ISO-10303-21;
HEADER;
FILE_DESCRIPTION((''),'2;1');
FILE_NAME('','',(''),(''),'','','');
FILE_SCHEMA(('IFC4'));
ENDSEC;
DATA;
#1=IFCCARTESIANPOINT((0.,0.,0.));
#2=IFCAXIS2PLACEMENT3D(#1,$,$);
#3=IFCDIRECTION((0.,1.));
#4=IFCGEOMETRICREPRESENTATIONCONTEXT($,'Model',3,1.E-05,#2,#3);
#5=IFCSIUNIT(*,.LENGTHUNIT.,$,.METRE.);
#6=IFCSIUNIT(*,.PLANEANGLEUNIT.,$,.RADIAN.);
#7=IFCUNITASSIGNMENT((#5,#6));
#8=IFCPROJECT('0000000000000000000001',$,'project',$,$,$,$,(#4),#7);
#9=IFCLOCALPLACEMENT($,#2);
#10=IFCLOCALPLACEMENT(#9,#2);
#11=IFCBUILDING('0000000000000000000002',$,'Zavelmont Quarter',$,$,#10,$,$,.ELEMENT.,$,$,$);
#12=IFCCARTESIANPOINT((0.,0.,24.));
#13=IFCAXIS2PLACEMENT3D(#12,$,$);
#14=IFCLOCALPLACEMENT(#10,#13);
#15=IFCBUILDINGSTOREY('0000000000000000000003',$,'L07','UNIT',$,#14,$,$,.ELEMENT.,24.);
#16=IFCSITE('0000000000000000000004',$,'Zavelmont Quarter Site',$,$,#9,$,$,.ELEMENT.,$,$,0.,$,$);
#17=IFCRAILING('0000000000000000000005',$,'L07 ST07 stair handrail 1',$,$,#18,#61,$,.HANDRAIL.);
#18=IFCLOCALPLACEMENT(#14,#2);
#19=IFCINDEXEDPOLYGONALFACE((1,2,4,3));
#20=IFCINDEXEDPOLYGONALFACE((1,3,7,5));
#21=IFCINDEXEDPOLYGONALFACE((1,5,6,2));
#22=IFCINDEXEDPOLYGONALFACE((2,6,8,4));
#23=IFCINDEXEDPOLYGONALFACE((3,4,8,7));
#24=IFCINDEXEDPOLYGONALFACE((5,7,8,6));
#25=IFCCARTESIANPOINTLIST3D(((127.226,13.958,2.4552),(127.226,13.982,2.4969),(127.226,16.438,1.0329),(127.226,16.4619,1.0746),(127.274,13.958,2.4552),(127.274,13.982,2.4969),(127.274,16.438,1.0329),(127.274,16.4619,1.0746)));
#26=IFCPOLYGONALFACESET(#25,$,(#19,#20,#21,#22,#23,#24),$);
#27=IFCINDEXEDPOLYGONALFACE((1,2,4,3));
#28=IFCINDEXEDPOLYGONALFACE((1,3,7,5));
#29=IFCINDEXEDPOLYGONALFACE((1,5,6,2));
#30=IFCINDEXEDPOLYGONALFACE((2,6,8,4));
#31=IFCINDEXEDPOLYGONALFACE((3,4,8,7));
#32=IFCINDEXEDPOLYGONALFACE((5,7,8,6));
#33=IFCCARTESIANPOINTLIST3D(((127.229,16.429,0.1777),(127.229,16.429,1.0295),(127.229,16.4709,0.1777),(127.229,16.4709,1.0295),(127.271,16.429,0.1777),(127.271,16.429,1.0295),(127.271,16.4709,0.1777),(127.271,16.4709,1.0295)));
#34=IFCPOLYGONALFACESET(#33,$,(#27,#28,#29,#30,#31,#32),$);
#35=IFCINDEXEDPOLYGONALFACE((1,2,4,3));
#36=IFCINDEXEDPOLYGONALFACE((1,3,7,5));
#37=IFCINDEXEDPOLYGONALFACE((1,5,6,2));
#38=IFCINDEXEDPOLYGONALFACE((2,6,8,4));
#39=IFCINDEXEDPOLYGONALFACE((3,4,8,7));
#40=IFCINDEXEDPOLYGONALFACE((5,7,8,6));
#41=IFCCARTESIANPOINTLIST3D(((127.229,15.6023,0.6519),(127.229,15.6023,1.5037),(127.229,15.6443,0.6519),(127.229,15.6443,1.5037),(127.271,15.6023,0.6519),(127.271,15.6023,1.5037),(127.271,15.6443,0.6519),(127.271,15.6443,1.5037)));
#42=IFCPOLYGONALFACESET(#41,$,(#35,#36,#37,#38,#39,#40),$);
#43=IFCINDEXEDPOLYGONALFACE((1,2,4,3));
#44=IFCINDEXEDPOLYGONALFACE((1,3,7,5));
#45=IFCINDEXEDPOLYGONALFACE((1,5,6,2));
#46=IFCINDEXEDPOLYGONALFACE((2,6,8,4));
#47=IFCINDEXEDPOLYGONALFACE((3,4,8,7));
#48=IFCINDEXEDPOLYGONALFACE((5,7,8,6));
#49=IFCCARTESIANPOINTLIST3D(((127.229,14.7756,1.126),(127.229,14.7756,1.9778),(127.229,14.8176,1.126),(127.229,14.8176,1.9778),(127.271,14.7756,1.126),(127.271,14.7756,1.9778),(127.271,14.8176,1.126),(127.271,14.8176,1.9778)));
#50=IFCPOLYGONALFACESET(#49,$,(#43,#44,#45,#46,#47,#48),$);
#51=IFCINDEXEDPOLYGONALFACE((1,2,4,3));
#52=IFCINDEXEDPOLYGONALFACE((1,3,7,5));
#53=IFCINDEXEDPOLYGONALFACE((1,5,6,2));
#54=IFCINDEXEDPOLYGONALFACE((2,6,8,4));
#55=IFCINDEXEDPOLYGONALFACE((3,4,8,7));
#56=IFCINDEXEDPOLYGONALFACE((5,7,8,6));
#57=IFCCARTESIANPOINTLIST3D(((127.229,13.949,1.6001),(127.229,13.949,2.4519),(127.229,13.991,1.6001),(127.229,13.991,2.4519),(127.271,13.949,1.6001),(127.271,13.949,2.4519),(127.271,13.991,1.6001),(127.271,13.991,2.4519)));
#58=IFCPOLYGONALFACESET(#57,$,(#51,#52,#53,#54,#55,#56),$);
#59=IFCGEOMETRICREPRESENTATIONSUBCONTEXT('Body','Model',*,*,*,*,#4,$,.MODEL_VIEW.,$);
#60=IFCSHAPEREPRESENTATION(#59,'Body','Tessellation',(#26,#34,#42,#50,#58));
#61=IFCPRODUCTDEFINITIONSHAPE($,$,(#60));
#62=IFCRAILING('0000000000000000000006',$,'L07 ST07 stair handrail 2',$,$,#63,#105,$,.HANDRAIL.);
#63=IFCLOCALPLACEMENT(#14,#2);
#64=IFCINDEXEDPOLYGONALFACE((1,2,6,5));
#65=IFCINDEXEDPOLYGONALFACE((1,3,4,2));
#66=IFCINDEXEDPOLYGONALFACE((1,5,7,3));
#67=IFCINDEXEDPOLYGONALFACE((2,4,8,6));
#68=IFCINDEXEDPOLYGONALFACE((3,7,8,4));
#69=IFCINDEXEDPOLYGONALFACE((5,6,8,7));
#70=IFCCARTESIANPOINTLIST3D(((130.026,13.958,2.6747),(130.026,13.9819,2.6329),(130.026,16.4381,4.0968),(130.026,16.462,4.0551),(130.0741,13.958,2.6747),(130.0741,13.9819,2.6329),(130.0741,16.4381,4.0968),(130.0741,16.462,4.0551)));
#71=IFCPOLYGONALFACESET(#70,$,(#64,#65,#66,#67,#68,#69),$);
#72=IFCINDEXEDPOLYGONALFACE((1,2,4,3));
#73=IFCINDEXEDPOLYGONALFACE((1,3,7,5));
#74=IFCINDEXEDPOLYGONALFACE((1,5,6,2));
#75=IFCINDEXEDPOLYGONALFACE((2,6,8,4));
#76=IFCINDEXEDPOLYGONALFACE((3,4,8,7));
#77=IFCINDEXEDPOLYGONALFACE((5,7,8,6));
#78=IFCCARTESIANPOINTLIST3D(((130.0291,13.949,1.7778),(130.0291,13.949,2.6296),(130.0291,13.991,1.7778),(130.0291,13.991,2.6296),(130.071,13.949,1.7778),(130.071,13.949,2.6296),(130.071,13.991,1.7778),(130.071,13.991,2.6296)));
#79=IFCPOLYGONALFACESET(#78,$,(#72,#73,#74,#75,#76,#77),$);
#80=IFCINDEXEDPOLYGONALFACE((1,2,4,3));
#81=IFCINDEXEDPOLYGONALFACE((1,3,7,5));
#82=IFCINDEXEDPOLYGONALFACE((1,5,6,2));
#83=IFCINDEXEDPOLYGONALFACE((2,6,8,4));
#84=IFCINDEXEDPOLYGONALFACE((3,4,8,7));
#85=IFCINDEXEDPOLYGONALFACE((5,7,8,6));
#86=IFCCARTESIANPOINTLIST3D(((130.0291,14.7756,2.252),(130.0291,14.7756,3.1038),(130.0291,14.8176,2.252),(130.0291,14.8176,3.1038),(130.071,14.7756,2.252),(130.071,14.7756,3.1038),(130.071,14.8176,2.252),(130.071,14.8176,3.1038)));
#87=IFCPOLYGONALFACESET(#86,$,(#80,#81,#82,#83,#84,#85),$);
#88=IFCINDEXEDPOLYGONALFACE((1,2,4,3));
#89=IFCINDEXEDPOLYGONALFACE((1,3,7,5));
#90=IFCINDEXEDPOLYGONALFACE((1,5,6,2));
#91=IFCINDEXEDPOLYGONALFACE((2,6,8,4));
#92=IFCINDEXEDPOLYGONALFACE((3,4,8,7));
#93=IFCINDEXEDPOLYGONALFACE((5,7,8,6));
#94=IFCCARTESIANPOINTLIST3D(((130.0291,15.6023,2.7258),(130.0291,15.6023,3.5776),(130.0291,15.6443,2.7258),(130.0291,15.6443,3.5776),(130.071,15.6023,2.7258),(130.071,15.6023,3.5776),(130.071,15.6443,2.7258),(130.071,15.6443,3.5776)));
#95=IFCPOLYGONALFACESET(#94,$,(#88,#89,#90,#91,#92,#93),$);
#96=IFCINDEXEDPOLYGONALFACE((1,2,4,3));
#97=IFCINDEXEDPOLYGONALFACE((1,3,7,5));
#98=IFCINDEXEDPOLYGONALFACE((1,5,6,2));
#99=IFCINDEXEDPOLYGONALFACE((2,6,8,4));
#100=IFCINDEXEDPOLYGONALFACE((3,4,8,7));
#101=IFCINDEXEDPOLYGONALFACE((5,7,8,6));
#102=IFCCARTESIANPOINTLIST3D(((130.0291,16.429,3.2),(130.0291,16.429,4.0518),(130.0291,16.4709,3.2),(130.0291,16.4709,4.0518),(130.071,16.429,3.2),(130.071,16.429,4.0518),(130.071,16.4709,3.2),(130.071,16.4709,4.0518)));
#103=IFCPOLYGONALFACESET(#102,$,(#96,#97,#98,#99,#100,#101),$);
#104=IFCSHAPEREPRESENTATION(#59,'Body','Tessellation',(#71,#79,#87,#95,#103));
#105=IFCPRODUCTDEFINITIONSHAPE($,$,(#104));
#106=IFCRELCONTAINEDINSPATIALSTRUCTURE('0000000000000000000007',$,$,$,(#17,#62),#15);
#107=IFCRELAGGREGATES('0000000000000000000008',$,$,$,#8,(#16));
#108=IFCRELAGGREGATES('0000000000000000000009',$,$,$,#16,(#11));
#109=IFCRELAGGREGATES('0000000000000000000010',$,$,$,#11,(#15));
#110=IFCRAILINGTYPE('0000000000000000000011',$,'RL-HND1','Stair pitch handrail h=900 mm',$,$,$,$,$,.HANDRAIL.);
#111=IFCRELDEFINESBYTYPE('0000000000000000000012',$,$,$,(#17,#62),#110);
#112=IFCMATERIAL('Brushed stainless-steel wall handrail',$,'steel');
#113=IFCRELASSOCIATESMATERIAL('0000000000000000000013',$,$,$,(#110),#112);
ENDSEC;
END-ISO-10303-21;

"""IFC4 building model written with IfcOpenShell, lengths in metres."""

from ifc_helpers import new_model, si_unit, direction, frame, origin, origin_2d, place, context, subcontext, project, spatial, rectangle, extrude, material, type_object, element, save


model = new_model("IFC4")

# Units and contexts
model_context = context("Model", 3, precision=1e-05, world=origin(), true_north=direction((0.0, 1.0)))
body_context = subcontext(model_context, "Body", "Model", "MODEL_VIEW")
ifc_project = project(units=[si_unit("LENGTHUNIT", "METRE"), si_unit("PLANEANGLEUNIT", "RADIAN")], contexts=[model_context])

# Site, building, storey
site_placement = place(None, origin())
site = spatial("IfcSite", under=ifc_project, at=site_placement, Name="Zavelmont Quarter Site", CompositionType="ELEMENT", RefElevation=0.0)
building_placement = place(site_placement, origin())
building = spatial("IfcBuilding", under=site, at=building_placement, Name="Zavelmont Quarter", CompositionType="ELEMENT")
storey_placement = place(building_placement, frame((0.0, 0.0, 24.0)))
storey = spatial("IfcBuildingStorey", under=building, at=storey_placement, Name="L07", Description="UNIT", CompositionType="ELEMENT", Elevation=24.0)

# Railings
ifc_material_1 = material(Name="Brushed stainless-steel wall handrail", Category="steel")
railing_type_1 = type_object("IfcRailingType", Name="RL-HND1", Description="Stair pitch handrail h=900 mm", PredefinedType="HANDRAIL", material=ifc_material_1)
railing_1_placement = place(storey_placement, frame((127.25, 16.45, 0.1777)))
element("IfcRailing", 1, at=railing_1_placement, inside=storey, type_object=railing_type_1, Name="L07 ST07 stair handrail 1", PredefinedType="HANDRAIL", context=body_context, shape_type="SweptSolid", body=[
    extrude(rectangle(XDim=0.0481, YDim=0.0481, at=origin_2d()), frame((0.0, 0.0, 0.876), z_axis=(0.0, -0.867454, 0.497518), x_axis=(1.0, 0.0, 0.0)), (0.0, 0.0, 1.0), 2.8589),
    extrude(rectangle(XDim=0.042, YDim=0.042, at=origin_2d()), origin(), (0.0, 0.0, 1.0), 0.8518),
    extrude(rectangle(XDim=0.042, YDim=0.042, at=origin_2d()), frame((0.0, -0.8267, 0.4741)), (0.0, 0.0, 1.0), 0.8518),
    extrude(rectangle(XDim=0.042, YDim=0.042, at=origin_2d()), frame((0.0, -1.6533, 0.9482)), (0.0, 0.0, 1.0), 0.8518),
    extrude(rectangle(XDim=0.042, YDim=0.042, at=origin_2d()), frame((0.0, -2.48, 1.4224)), (0.0, 0.0, 1.0), 0.8518),
])
railing_2_placement = place(storey_placement, frame((130.05, 13.97, 1.7778)))
element("IfcRailing", 2, at=railing_2_placement, inside=storey, type_object=railing_type_1, Name="L07 ST07 stair handrail 2", PredefinedType="HANDRAIL", context=body_context, shape_type="SweptSolid", body=[
    extrude(rectangle(XDim=0.0481, YDim=0.0481, at=origin_2d()), frame((0.0, 0.0, 0.876), z_axis=(0.0, 0.867491, 0.497454), x_axis=(-1.0, 0.0, 0.0)), (0.0, 0.0, 1.0), 2.8589),
    extrude(rectangle(XDim=0.042, YDim=0.042, at=origin_2d()), origin(), (0.0, 0.0, 1.0), 0.8518),
    extrude(rectangle(XDim=0.042, YDim=0.042, at=origin_2d()), frame((0.0, 0.8267, 0.4741)), (0.0, 0.0, 1.0), 0.8518),
    extrude(rectangle(XDim=0.042, YDim=0.042, at=origin_2d()), frame((0.0, 1.6533, 0.948)), (0.0, 0.0, 1.0), 0.8518),
    extrude(rectangle(XDim=0.042, YDim=0.042, at=origin_2d()), frame((0.0, 2.48, 1.4221)), (0.0, 0.0, 1.0), 0.8518),
])

save(model, "model.ifc")
